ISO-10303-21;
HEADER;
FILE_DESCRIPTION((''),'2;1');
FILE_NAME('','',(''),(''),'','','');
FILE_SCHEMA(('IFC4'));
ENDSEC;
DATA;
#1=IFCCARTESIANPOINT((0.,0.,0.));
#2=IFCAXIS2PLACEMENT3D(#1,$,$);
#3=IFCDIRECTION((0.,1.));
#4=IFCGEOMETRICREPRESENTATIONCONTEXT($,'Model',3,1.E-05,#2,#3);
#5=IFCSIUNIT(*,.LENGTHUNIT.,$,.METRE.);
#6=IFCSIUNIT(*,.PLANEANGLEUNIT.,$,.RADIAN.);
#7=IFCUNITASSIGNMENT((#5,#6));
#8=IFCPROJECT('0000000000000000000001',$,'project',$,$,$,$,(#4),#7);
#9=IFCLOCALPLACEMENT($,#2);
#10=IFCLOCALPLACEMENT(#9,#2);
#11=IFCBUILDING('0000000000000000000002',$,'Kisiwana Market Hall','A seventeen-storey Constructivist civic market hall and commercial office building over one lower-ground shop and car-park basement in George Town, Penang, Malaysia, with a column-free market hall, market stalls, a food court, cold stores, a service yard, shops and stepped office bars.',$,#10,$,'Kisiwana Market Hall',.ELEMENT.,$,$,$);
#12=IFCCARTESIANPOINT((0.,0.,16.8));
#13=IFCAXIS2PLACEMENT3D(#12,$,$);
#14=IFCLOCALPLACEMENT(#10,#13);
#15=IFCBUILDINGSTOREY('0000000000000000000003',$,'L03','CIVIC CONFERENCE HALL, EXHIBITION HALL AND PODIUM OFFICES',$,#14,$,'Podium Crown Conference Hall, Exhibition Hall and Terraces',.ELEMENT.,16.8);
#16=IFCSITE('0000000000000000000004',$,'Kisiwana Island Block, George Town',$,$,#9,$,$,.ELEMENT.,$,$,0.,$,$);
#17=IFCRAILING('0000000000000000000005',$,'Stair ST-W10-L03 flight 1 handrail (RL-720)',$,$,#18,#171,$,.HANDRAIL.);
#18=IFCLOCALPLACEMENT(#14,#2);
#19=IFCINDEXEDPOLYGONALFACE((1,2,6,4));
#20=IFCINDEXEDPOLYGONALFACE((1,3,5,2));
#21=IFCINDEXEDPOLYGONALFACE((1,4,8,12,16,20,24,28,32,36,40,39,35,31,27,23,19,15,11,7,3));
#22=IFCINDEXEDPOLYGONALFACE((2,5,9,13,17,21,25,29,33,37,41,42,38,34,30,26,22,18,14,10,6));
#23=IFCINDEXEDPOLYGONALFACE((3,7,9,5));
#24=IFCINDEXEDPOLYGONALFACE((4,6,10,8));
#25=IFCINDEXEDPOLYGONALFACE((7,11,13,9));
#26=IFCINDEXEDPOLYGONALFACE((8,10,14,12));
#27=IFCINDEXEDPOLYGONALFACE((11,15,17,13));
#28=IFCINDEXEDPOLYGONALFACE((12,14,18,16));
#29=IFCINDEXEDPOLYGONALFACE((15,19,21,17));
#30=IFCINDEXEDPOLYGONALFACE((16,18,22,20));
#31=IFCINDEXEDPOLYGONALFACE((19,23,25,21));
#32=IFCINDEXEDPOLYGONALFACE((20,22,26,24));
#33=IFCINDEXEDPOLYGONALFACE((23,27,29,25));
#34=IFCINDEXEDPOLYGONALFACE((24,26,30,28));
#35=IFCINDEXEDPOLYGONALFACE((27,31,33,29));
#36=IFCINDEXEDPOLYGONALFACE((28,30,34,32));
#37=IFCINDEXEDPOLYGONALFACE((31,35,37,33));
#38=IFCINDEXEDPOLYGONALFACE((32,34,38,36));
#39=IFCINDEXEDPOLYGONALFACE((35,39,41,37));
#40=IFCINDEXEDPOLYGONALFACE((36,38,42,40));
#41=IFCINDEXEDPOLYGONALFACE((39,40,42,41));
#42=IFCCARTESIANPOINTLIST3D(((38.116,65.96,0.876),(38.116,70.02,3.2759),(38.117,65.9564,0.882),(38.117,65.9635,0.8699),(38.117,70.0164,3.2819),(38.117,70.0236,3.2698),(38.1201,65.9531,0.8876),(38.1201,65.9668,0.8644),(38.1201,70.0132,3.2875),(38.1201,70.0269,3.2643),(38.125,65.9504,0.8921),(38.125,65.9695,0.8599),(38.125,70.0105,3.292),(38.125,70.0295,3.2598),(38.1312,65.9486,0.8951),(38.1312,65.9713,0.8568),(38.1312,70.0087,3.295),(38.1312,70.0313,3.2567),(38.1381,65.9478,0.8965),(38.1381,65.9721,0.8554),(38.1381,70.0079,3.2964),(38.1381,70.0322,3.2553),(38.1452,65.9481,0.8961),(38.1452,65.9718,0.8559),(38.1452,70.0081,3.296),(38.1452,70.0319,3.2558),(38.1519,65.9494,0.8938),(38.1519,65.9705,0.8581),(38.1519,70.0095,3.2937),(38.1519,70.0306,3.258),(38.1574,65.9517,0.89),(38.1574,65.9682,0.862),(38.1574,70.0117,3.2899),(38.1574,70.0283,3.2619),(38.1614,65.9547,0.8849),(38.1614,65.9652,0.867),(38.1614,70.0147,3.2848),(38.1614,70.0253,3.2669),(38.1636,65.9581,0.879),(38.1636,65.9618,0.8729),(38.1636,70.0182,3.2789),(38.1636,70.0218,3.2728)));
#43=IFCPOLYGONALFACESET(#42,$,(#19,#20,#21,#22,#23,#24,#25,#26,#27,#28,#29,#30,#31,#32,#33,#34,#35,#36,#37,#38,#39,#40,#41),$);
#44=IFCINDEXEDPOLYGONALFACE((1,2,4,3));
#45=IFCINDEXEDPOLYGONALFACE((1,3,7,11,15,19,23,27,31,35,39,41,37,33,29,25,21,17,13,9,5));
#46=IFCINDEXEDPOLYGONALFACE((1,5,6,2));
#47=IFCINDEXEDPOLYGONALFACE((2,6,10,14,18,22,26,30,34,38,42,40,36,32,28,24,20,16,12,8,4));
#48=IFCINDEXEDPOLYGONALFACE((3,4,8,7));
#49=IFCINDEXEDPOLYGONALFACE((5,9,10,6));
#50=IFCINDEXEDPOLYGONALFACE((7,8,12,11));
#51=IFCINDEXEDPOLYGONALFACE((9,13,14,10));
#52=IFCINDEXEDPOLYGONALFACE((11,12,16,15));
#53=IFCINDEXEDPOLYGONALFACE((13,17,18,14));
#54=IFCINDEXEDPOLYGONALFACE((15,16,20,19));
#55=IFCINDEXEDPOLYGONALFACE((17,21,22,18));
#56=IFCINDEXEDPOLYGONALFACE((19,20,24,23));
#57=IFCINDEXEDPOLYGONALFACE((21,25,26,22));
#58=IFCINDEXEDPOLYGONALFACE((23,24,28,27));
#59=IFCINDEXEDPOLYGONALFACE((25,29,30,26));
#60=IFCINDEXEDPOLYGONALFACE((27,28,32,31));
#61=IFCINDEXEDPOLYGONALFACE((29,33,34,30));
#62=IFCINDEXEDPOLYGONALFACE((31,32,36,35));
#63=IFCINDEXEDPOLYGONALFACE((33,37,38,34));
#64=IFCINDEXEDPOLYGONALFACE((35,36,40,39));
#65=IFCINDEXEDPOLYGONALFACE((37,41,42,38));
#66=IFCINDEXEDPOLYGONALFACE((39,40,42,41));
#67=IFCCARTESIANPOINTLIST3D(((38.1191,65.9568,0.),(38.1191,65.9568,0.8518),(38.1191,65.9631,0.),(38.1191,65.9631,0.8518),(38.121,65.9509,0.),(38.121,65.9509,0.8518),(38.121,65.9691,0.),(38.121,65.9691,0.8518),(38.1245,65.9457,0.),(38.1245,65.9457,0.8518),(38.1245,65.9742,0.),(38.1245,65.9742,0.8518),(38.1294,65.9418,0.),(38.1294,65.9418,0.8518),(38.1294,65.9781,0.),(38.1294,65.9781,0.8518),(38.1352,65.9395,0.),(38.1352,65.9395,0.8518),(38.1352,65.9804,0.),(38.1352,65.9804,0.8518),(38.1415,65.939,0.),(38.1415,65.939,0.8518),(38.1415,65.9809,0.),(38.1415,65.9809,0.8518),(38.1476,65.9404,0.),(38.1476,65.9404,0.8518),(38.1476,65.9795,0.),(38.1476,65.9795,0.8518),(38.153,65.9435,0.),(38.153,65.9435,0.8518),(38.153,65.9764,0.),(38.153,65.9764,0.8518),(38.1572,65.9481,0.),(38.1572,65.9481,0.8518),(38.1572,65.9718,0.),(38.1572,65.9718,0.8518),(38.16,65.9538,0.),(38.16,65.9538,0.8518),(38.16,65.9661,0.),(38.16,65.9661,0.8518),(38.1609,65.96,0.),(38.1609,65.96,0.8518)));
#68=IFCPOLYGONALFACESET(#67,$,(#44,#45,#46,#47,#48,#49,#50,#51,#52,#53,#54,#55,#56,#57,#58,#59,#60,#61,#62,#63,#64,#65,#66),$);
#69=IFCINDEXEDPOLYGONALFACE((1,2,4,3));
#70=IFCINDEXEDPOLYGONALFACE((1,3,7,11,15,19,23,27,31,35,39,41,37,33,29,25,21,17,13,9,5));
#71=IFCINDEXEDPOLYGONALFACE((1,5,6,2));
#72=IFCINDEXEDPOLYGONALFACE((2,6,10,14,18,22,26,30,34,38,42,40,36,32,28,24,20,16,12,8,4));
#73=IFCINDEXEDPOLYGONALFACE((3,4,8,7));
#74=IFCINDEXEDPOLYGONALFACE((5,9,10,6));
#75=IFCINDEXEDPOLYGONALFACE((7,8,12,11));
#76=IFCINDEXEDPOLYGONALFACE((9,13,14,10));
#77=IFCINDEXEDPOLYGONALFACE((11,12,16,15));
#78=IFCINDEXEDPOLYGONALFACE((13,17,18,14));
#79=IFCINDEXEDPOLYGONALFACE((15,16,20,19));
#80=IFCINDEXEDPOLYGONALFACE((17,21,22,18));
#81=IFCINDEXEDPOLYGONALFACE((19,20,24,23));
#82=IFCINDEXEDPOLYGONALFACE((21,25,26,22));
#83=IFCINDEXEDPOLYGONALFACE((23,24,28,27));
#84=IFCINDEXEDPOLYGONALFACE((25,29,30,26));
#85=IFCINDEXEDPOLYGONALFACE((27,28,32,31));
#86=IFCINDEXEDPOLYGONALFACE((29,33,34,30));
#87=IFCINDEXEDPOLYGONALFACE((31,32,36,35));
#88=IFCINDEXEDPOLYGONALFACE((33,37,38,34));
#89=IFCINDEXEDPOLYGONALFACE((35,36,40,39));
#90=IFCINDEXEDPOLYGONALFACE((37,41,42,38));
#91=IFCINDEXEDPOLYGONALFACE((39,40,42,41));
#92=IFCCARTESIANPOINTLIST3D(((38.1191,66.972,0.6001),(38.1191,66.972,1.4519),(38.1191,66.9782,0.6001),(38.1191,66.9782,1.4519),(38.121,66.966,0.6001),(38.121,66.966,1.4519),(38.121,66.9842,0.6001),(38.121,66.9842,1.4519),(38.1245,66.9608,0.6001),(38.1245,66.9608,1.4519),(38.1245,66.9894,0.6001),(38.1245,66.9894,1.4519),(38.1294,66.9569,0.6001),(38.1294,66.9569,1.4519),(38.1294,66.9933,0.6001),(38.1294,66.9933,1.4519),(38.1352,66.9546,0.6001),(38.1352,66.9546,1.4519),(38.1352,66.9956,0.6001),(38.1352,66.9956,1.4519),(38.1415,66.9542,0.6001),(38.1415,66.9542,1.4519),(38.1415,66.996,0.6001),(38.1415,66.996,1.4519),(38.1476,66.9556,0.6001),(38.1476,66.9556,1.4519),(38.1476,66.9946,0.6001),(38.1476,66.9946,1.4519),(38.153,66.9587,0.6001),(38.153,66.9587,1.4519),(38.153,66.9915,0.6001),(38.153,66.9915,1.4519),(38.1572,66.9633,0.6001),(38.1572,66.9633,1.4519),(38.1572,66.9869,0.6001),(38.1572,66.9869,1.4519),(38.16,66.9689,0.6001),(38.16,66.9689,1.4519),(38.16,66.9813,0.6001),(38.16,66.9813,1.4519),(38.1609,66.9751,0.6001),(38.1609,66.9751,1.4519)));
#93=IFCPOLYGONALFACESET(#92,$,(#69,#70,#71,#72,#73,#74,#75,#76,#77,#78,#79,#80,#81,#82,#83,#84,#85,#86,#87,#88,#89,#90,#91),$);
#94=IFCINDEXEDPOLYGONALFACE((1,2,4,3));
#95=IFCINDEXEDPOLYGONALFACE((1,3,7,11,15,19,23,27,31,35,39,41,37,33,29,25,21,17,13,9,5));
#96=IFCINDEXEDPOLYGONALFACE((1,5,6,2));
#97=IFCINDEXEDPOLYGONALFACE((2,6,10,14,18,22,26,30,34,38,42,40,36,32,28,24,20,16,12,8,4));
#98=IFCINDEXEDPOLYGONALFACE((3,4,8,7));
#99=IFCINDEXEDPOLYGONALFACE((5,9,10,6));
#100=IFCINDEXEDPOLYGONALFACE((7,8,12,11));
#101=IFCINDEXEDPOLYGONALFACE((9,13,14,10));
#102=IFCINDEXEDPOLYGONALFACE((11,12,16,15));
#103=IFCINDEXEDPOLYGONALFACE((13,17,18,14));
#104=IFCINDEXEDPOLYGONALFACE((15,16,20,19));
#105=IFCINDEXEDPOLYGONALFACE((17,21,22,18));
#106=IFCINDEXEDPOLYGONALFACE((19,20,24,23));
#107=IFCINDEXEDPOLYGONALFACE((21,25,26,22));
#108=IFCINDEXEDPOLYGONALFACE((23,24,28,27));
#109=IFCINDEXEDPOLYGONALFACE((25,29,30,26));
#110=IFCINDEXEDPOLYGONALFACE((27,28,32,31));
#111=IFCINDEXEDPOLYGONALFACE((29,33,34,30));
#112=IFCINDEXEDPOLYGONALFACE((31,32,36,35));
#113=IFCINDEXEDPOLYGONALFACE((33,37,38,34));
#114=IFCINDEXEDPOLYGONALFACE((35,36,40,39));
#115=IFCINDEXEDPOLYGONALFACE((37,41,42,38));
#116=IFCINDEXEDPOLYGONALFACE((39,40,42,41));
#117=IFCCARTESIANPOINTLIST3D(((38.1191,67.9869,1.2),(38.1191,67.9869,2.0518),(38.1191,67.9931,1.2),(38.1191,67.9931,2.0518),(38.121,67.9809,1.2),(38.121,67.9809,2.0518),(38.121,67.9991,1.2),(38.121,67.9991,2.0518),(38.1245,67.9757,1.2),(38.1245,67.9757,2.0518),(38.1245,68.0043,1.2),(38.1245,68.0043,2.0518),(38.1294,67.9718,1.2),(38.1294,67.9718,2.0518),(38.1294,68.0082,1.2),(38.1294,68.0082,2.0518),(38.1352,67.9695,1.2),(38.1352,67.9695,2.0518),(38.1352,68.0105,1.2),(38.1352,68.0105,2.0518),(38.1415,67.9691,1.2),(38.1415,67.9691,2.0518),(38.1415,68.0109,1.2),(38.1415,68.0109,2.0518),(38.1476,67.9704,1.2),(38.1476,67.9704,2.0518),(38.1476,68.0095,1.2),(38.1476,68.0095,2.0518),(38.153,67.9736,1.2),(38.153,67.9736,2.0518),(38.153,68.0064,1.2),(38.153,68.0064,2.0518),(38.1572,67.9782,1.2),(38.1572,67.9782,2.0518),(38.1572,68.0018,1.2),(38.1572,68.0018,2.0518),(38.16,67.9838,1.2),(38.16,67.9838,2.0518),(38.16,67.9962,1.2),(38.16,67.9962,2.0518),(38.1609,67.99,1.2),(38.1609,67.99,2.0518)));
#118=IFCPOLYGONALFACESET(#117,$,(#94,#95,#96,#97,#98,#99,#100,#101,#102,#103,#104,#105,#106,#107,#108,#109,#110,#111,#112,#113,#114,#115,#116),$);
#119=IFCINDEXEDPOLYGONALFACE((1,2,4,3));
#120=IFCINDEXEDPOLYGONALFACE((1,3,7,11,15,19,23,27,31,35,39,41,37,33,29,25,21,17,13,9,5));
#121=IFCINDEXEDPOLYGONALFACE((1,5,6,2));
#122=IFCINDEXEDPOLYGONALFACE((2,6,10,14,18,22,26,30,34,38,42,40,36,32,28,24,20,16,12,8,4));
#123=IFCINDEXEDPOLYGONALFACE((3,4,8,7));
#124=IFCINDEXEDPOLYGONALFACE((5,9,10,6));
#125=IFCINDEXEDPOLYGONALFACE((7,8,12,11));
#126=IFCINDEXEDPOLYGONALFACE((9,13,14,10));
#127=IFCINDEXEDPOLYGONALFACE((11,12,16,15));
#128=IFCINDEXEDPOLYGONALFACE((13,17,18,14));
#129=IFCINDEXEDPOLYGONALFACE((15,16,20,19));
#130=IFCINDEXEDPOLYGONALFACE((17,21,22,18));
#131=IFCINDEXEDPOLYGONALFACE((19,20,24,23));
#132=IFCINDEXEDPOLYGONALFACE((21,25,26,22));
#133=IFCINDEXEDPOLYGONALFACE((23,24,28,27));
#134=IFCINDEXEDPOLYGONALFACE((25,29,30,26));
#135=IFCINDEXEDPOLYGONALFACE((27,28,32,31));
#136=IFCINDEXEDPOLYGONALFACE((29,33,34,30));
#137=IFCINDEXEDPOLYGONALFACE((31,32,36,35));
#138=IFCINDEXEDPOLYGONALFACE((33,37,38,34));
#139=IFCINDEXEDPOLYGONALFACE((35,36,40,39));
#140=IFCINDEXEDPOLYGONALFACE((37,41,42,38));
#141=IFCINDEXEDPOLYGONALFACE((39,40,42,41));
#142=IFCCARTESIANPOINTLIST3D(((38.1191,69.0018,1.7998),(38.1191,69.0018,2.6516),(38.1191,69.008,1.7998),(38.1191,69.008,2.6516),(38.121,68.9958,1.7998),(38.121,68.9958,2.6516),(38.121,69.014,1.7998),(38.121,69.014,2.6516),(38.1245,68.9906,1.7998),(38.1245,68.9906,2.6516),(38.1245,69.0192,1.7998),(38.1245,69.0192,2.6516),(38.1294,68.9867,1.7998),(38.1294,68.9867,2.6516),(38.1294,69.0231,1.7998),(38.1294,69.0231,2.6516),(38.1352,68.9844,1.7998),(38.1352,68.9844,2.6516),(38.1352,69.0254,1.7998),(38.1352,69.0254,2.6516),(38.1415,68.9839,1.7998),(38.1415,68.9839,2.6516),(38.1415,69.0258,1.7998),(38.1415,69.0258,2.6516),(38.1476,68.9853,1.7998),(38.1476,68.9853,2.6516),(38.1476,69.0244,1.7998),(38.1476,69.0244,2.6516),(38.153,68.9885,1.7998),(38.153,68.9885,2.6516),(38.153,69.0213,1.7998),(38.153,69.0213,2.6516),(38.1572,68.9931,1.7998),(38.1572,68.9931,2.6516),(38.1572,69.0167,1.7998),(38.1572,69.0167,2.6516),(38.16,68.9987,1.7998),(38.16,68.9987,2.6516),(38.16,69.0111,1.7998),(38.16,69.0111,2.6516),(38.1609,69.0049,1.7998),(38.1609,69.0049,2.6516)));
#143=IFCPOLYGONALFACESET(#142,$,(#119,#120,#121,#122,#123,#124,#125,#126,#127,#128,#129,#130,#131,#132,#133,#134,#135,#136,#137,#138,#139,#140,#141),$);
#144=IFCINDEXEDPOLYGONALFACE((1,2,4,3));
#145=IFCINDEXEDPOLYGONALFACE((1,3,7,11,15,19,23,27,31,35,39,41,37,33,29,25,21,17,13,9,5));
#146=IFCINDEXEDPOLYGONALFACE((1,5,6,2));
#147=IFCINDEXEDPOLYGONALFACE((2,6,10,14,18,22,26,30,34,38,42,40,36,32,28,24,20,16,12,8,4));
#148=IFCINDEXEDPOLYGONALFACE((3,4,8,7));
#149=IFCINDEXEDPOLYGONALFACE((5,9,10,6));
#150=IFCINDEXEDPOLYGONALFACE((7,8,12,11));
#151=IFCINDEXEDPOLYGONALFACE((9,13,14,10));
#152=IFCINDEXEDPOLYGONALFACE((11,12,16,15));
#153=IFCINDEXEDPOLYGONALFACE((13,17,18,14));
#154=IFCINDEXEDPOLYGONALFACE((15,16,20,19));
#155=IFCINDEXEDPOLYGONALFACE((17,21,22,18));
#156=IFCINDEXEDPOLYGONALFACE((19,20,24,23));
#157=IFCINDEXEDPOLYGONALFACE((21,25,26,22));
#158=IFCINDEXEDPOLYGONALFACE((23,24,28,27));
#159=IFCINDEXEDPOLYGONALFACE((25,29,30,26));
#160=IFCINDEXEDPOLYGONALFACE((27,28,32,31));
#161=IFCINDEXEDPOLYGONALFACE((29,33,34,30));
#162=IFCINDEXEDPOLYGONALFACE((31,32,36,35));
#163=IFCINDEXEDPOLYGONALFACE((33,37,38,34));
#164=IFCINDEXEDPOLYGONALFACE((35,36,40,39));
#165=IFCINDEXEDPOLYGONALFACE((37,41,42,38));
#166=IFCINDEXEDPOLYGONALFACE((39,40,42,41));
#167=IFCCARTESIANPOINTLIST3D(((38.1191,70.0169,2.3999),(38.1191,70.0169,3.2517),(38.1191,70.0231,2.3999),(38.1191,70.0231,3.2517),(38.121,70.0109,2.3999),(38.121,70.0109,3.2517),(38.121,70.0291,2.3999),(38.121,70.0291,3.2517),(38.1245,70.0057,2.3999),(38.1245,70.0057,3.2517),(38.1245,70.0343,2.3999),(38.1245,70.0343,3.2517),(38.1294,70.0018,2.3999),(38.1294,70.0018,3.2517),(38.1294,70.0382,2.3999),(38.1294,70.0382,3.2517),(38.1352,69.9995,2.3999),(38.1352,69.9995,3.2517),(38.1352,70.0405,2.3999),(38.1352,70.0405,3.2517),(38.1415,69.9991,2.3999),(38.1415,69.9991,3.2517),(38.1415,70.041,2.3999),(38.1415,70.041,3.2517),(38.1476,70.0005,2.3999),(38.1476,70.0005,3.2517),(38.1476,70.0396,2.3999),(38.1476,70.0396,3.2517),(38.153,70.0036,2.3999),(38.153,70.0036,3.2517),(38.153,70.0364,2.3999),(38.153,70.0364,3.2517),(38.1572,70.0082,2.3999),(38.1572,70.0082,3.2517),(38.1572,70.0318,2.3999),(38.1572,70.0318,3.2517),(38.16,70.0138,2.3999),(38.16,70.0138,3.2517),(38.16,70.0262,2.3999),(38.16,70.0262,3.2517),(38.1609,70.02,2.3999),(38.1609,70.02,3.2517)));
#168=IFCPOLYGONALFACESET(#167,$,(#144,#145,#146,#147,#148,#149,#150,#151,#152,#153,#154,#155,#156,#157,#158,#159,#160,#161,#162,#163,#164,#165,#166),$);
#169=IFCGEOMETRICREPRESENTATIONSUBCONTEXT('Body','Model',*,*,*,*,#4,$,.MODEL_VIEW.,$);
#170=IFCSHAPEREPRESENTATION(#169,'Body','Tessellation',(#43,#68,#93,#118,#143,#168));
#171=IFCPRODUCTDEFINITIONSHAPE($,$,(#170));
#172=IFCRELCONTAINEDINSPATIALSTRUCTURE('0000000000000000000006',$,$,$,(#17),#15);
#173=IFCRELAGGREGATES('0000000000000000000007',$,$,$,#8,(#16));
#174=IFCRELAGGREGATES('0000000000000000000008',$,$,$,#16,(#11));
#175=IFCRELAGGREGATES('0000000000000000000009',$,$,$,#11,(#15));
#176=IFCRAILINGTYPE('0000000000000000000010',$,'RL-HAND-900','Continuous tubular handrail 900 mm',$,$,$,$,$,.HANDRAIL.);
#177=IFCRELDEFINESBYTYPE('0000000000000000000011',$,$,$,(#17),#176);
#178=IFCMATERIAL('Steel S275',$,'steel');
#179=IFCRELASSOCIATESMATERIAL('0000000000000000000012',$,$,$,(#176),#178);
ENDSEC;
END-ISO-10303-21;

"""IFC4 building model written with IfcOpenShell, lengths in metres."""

from ifc_helpers import new_model, si_unit, direction, frame, origin, origin_2d, place, context, subcontext, project, spatial, circle, extrude, material, type_object, element, save


model = new_model("IFC4")

# Units and contexts
model_context = context("Model", 3, precision=1e-05, world=origin(), true_north=direction((0.0, 1.0)))
body_context = subcontext(model_context, "Body", "Model", "MODEL_VIEW")
ifc_project = project(units=[si_unit("LENGTHUNIT", "METRE"), si_unit("PLANEANGLEUNIT", "RADIAN")], contexts=[model_context])

# Site, building, storey
site_placement = place(None, origin())
site = spatial("IfcSite", under=ifc_project, at=site_placement, Name="Kisiwana Island Block, George Town", CompositionType="ELEMENT", RefElevation=0.0)
building_placement = place(site_placement, origin())
building = spatial("IfcBuilding", under=site, at=building_placement, Name="Kisiwana Market Hall", Description="A seventeen-storey Constructivist civic market hall and commercial office building over one lower-ground shop and car-park basement in George Town, Penang, Malaysia, with a column-free market hall, market stalls, a food court, cold stores, a service yard, shops and stepped office bars.", LongName="Kisiwana Market Hall", CompositionType="ELEMENT")
storey_placement = place(building_placement, frame((0.0, 0.0, 16.8)))
storey = spatial("IfcBuildingStorey", under=building, at=storey_placement, Name="L03", Description="CIVIC CONFERENCE HALL, EXHIBITION HALL AND PODIUM OFFICES", LongName="Podium Crown Conference Hall, Exhibition Hall and Terraces", CompositionType="ELEMENT", Elevation=16.8)

# Railing
ifc_material_1 = material(Name="Steel S275", Category="steel")
railing_type_1 = type_object("IfcRailingType", Name="RL-HAND-900", Description="Continuous tubular handrail 900 mm", PredefinedType="HANDRAIL", material=ifc_material_1)
railing_1_placement = place(storey_placement, frame((38.1399, 65.96, 0.0)))
element("IfcRailing", 1, at=railing_1_placement, inside=storey, type_object=railing_type_1, Name="Stair ST-W10-L03 flight 1 handrail (RL-720)", PredefinedType="HANDRAIL", context=body_context, shape_type="SweptSolid", body=[
    extrude(circle(Radius=0.0239, at=origin_2d()), frame((0.0, 0.0, 0.876), z_axis=(0.0, 0.860854, 0.508851), x_axis=(-1.0, 0.0, 0.0)), (0.0, 0.0, 1.0), 4.7163),
    extrude(circle(Radius=0.021, at=origin_2d()), origin(), (0.0, 0.0, 1.0), 0.8518),
    extrude(circle(Radius=0.021, at=origin_2d()), frame((0.0, 1.0151, 0.6001)), (0.0, 0.0, 1.0), 0.8518),
    extrude(circle(Radius=0.021, at=origin_2d()), frame((0.0, 2.03, 1.2)), (0.0, 0.0, 1.0), 0.8518),
    extrude(circle(Radius=0.021, at=origin_2d()), frame((0.0, 3.0449, 1.7998)), (0.0, 0.0, 1.0), 0.8518),
    extrude(circle(Radius=0.021, at=origin_2d()), frame((0.0, 4.0601, 2.3999)), (0.0, 0.0, 1.0), 0.8518),
])

save(model, "model.ifc")
